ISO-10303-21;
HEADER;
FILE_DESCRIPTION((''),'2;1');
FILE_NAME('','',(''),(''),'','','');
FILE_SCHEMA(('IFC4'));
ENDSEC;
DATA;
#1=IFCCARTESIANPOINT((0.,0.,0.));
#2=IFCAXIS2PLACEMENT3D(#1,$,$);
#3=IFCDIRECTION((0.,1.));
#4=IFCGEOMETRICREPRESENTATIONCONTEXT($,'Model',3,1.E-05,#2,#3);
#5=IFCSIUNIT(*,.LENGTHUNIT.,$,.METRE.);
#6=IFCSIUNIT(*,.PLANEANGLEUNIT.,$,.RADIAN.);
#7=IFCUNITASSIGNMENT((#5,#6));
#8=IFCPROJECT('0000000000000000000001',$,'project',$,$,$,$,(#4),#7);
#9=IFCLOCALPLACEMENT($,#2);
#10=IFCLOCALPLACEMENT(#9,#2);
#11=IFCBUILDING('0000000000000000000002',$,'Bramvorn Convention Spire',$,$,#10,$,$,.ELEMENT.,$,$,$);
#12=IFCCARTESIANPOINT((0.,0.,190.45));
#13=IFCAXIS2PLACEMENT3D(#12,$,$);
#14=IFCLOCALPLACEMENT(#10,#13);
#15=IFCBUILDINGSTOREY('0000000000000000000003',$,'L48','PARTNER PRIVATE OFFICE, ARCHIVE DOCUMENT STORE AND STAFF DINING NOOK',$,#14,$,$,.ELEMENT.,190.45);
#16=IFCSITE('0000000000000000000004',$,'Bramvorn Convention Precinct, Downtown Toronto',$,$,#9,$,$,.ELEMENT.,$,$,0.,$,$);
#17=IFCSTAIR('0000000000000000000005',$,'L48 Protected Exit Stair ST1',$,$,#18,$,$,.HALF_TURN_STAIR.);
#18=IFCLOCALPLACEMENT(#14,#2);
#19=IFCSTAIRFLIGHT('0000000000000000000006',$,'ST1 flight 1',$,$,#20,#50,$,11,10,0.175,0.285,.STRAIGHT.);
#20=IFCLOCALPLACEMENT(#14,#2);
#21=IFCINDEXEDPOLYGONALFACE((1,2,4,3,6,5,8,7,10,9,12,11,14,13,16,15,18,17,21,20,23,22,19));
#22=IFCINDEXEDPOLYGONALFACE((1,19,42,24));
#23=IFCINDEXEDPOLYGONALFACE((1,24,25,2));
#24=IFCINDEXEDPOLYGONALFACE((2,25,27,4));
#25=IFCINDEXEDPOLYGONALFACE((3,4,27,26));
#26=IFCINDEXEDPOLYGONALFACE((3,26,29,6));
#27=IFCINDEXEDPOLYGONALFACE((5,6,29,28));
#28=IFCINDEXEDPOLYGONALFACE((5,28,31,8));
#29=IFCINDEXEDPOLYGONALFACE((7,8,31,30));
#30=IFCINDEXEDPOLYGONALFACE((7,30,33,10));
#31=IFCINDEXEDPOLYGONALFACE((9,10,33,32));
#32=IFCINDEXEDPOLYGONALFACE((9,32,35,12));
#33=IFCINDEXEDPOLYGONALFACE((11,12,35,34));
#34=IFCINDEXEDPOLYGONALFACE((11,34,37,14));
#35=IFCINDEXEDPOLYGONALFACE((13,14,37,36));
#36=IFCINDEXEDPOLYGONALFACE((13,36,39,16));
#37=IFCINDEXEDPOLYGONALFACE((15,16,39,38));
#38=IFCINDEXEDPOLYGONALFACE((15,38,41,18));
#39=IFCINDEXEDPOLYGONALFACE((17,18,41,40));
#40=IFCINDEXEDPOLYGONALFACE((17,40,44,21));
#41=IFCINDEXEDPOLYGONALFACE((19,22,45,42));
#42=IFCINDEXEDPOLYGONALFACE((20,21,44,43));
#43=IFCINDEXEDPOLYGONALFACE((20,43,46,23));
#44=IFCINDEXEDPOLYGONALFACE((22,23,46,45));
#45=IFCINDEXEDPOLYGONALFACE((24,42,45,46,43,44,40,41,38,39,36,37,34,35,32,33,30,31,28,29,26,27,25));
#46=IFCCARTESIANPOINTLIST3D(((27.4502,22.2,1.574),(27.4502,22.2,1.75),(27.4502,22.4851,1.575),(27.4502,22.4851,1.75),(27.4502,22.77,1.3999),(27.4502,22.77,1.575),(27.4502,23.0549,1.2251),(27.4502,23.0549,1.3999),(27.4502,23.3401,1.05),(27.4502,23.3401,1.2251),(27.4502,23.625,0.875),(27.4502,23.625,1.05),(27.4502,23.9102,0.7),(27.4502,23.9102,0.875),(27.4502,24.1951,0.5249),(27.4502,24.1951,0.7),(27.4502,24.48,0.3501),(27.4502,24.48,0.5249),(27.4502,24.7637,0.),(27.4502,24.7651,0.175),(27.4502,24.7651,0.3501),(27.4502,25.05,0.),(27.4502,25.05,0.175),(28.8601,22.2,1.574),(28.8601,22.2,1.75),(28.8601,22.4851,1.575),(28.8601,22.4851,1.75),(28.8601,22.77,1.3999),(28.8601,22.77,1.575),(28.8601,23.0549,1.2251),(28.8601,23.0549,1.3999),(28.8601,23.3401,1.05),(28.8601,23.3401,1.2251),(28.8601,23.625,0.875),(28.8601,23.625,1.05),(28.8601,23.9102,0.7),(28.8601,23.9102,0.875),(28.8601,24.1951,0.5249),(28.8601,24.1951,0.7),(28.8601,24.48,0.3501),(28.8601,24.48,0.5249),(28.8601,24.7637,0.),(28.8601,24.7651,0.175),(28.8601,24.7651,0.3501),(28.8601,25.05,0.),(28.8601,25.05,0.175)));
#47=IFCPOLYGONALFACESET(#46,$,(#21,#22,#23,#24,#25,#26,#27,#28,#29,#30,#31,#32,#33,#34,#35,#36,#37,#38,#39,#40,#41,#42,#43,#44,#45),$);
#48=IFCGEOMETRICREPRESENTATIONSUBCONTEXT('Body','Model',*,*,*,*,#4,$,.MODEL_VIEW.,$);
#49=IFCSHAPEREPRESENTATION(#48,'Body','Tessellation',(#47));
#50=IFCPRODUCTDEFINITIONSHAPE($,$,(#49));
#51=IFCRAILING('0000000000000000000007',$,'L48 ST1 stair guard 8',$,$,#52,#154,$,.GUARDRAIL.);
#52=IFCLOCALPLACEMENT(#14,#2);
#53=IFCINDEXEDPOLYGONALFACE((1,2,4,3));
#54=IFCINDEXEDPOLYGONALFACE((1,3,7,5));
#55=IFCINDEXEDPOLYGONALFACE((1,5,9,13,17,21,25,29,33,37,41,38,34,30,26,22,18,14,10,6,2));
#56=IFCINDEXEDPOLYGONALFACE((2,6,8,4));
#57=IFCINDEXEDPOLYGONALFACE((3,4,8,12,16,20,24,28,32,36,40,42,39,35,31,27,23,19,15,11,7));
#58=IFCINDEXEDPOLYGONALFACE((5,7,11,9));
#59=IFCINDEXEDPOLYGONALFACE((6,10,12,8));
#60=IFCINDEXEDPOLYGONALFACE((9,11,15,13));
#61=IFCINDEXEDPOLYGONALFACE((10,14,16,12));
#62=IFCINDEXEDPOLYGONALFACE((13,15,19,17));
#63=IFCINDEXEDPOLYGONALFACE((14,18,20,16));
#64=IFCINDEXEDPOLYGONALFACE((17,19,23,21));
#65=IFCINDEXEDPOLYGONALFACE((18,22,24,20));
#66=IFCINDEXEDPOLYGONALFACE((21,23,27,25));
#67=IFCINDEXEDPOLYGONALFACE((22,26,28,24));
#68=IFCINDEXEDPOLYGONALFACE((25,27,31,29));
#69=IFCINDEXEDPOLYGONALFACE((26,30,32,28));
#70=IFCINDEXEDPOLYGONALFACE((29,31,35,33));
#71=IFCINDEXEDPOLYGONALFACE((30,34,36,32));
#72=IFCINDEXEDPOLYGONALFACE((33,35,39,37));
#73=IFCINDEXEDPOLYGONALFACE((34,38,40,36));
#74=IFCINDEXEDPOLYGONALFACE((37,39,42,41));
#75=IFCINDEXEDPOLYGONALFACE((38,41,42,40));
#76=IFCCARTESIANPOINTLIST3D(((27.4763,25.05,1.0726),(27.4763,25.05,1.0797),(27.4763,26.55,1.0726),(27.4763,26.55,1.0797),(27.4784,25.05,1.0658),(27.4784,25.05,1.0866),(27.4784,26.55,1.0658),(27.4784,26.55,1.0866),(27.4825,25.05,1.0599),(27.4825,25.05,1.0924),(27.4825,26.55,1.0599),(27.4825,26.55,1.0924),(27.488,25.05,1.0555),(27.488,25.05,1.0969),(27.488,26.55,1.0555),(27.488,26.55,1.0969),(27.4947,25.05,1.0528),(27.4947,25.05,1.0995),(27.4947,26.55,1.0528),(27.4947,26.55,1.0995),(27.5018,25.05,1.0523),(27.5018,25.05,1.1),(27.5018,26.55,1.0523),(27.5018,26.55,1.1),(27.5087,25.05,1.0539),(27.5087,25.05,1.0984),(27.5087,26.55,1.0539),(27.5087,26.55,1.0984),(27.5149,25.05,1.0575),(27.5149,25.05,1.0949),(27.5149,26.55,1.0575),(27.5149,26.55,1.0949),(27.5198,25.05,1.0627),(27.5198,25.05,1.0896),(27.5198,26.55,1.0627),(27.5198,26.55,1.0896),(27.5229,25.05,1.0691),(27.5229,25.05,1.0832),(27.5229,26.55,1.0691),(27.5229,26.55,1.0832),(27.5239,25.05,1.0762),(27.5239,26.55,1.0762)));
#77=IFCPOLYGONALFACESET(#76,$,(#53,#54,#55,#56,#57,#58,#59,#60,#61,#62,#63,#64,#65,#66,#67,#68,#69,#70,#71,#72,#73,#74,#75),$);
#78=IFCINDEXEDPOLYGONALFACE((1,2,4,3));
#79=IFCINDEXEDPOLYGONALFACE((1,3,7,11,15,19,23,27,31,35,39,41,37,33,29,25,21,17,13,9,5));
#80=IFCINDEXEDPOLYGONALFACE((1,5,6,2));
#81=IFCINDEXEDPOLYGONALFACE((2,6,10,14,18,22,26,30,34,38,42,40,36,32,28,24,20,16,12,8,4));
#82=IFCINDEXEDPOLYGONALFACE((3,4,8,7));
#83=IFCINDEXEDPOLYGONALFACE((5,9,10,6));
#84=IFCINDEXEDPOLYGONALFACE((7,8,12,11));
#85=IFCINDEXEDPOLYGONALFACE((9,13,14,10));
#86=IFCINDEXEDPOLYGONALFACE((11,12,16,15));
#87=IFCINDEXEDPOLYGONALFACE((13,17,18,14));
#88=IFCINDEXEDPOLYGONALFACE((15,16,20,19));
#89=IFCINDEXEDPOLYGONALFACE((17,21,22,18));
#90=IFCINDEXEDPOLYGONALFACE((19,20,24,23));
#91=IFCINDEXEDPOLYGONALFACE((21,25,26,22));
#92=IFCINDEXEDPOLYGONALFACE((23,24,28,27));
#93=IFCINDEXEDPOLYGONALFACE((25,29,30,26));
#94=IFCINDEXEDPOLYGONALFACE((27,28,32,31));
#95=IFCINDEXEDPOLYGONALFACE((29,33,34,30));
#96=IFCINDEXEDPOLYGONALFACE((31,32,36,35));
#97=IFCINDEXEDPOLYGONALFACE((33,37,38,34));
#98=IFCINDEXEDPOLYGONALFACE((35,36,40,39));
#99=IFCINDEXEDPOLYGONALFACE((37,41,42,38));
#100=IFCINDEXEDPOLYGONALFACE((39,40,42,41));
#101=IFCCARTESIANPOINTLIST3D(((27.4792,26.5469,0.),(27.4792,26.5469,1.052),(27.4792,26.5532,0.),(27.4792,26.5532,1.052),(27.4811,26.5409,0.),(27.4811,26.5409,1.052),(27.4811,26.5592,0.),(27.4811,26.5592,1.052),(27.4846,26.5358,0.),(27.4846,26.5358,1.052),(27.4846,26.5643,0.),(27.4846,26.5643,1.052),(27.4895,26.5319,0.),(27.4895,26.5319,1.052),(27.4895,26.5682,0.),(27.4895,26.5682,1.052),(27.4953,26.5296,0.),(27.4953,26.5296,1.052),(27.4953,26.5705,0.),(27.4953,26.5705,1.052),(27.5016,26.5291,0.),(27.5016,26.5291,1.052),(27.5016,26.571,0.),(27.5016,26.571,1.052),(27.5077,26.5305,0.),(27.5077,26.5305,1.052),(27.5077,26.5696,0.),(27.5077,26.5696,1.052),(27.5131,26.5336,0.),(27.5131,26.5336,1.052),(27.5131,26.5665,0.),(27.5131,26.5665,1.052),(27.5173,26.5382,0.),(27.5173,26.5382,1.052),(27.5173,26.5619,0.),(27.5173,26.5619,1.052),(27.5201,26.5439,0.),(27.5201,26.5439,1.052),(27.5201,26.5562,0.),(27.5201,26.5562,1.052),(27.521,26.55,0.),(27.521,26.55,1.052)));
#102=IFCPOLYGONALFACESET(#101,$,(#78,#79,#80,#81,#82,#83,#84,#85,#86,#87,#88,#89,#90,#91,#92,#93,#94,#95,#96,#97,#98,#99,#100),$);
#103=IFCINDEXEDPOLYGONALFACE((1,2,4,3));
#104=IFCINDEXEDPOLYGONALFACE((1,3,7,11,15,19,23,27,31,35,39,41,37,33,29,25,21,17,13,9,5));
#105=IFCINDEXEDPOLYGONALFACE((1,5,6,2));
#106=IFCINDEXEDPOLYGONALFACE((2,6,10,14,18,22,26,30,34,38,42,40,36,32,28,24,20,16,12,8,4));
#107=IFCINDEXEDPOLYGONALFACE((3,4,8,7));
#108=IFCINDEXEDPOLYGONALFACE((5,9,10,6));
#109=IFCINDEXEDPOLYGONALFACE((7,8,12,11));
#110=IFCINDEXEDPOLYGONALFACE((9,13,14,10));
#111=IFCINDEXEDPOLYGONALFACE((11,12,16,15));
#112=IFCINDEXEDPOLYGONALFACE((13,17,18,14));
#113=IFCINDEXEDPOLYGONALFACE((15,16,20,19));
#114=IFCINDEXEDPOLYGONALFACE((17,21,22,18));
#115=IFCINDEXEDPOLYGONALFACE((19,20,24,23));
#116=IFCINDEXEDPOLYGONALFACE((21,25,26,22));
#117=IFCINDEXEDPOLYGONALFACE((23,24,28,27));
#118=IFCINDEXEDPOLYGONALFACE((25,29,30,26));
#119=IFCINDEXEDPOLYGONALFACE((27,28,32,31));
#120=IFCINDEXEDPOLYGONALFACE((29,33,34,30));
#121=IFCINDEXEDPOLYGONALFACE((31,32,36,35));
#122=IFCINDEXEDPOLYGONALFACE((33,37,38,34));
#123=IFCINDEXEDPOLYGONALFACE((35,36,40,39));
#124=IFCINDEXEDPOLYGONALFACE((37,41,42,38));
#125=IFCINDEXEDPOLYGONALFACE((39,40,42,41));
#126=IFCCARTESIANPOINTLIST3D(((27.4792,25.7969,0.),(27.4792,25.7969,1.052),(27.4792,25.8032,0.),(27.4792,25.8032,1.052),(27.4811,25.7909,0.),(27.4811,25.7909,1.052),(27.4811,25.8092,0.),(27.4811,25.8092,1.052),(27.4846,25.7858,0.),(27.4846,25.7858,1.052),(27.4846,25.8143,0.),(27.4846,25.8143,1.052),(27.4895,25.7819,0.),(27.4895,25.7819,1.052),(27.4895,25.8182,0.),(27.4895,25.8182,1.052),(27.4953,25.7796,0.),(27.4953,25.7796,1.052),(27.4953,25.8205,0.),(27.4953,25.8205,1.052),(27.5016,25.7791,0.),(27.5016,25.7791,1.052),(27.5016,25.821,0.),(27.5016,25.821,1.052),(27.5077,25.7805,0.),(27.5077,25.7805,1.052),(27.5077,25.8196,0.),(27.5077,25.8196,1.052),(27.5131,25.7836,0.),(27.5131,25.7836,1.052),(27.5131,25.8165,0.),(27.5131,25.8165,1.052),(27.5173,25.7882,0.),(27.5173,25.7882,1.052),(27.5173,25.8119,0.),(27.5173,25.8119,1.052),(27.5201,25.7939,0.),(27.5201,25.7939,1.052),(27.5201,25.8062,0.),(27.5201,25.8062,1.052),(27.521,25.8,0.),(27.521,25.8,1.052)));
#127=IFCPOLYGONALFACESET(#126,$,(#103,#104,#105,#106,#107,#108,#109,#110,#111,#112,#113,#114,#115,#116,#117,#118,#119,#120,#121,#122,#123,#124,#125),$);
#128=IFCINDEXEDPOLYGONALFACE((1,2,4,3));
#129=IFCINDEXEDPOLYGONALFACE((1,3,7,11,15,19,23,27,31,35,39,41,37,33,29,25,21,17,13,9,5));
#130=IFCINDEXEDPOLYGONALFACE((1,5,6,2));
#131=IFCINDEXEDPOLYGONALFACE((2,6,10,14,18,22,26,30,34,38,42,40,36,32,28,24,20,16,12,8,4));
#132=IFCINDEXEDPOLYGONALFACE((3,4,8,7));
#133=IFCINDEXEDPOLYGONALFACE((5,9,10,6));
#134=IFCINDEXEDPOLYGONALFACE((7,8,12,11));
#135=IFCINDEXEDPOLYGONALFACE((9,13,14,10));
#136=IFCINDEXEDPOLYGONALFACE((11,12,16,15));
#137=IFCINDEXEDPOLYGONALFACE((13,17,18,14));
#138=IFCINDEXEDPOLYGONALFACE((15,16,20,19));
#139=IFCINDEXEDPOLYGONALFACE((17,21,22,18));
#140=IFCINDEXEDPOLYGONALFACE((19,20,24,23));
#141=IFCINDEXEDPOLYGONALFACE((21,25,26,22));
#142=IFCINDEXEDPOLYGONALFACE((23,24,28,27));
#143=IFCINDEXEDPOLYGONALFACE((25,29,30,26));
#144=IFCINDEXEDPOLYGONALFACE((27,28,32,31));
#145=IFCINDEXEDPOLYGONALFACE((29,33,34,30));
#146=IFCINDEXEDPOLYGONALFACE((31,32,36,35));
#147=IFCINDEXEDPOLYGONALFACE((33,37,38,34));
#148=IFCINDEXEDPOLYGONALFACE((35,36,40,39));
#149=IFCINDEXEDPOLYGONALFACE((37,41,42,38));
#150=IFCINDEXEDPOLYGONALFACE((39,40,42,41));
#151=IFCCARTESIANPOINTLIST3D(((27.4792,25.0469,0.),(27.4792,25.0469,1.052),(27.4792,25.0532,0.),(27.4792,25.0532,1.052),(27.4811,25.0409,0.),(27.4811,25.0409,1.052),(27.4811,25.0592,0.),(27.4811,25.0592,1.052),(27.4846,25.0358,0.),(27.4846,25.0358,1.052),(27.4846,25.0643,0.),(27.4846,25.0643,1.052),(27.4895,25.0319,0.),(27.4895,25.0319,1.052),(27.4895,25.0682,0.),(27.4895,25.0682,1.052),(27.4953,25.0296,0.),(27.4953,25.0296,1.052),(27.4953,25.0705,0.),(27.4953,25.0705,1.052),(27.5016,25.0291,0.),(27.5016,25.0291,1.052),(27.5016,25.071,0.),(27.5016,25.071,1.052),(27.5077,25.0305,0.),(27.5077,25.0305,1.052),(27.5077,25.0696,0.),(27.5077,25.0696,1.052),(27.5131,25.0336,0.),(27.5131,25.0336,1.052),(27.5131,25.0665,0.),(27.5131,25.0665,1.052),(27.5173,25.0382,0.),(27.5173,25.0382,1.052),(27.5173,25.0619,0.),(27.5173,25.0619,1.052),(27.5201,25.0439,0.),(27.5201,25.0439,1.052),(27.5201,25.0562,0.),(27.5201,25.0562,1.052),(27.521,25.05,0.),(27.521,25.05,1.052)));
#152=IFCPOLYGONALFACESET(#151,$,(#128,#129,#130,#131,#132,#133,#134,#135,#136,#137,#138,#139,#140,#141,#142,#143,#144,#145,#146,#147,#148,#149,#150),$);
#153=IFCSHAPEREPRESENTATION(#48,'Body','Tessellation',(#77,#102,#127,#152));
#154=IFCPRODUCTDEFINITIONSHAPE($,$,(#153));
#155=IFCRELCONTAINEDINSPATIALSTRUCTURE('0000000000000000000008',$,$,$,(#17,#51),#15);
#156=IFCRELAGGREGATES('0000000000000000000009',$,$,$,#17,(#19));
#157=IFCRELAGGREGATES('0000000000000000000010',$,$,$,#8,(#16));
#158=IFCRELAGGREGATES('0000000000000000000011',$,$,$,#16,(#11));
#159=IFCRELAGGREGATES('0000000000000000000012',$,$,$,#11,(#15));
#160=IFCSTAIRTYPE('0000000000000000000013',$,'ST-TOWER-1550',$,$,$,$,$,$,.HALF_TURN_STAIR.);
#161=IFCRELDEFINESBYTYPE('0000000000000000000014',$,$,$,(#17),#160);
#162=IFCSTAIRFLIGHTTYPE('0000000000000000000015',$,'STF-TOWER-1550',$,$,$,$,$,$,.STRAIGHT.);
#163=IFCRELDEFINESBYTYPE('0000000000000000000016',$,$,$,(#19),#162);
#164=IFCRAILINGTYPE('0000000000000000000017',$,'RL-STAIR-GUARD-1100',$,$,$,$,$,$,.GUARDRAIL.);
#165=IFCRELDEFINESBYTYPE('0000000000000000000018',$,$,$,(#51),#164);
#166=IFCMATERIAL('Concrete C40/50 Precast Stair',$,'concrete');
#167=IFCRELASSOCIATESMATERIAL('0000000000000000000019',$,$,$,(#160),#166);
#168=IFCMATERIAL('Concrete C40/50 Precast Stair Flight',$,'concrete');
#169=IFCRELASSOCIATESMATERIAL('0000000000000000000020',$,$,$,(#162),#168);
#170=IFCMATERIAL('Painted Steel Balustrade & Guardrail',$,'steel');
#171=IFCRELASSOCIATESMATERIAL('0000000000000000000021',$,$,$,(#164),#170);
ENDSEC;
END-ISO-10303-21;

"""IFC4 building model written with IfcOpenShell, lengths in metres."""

from ifc_helpers import new_model, si_unit, direction, frame, origin, origin_2d, place, context, subcontext, project, spatial, polyline, circle, outline, extrude, material, type_object, element, aggregate, save


model = new_model("IFC4")

# Units and contexts
model_context = context("Model", 3, precision=1e-05, world=origin(), true_north=direction((0.0, 1.0)))
body_context = subcontext(model_context, "Body", "Model", "MODEL_VIEW")
ifc_project = project(units=[si_unit("LENGTHUNIT", "METRE"), si_unit("PLANEANGLEUNIT", "RADIAN")], contexts=[model_context])

# Site, building, storey
site_placement = place(None, origin())
site = spatial("IfcSite", under=ifc_project, at=site_placement, Name="Bramvorn Convention Precinct, Downtown Toronto", CompositionType="ELEMENT", RefElevation=0.0)
building_placement = place(site_placement, origin())
building = spatial("IfcBuilding", under=site, at=building_placement, Name="Bramvorn Convention Spire", CompositionType="ELEMENT")
storey_placement = place(building_placement, frame((0.0, 0.0, 190.45)))
storey = spatial("IfcBuildingStorey", under=building, at=storey_placement, Name="L48", Description="PARTNER PRIVATE OFFICE, ARCHIVE DOCUMENT STORE AND STAFF DINING NOOK", CompositionType="ELEMENT", Elevation=190.45)

# Stair, stair flight
ifc_material_1 = material(Name="Concrete C40/50 Precast Stair", Category="concrete")
stair_type = type_object("IfcStairType", Name="ST-TOWER-1550", PredefinedType="HALF_TURN_STAIR", material=ifc_material_1)
stair_placement = place(storey_placement, origin())
stair = element("IfcStair", 1, at=stair_placement, inside=storey, type_object=stair_type, Name="L48 Protected Exit Stair ST1", PredefinedType="HALF_TURN_STAIR")
ifc_material_2 = material(Name="Concrete C40/50 Precast Stair Flight", Category="concrete")
stair_flight_type = type_object("IfcStairFlightType", Name="STF-TOWER-1550", PredefinedType="STRAIGHT", material=ifc_material_2)
stair_flight_placement = place(storey_placement, frame((28.155, 25.05, 0.0), z_axis=(0.0, 0.0, 1.0), x_axis=(0.0, -1.0, 0.0)))
stair_flight = element("IfcStairFlight", 2, at=stair_flight_placement, type_object=stair_flight_type, Name="ST1 flight 1", NumberOfRisers=11, NumberOfTreads=10, PredefinedType="STRAIGHT", RiserHeight=0.175, TreadLength=0.285, context=body_context, shape_type="SweptSolid", body=[
    extrude(outline(polyline([(0.0, 0.0), (0.0, 0.175), (0.2849, 0.175), (0.2849, 0.3501), (0.5701, 0.3501), (0.5701, 0.5249), (0.855, 0.5249), (0.855, 0.7), (1.1399, 0.7), (1.1399, 0.875), (1.425, 0.875), (1.425, 1.05), (1.71, 1.05), (1.71, 1.2251), (1.9951, 1.2251), (1.9951, 1.3999), (2.28, 1.3999), (2.28, 1.575), (2.5649, 1.575), (2.5649, 1.75), (2.8501, 1.75), (2.8501, 1.925), (2.8501, 1.574), (0.2864, 0.0), (0.0, 0.0)])), frame((0.0, 0.7051, 0.0), z_axis=(0.0, -1.0, 0.0), x_axis=(1.0, 0.0, 0.0)), (0.0, 0.0, 1.0), 1.4099),
])
aggregate(stair, [stair_flight])

# Railing
ifc_material_3 = material(Name="Painted Steel Balustrade & Guardrail", Category="steel")
railing_type_1 = type_object("IfcRailingType", Name="RL-STAIR-GUARD-1100", PredefinedType="GUARDRAIL", material=ifc_material_3)
railing_1_placement = place(storey_placement, frame((27.5, 26.55, 0.0)))
element("IfcRailing", 3, at=railing_1_placement, inside=storey, type_object=railing_type_1, Name="L48 ST1 stair guard 8", PredefinedType="GUARDRAIL", context=body_context, shape_type="SweptSolid", body=[
    extrude(circle(Radius=0.0239, at=origin_2d()), frame((0.0, 0.0, 1.0762), z_axis=(0.0, -1.0, 0.0), x_axis=(1.0, 0.0, 0.0)), (0.0, 0.0, 1.0), 1.5),
    extrude(circle(Radius=0.021, at=origin_2d()), origin(), (0.0, 0.0, 1.0), 1.052),
    extrude(circle(Radius=0.021, at=origin_2d()), frame((0.0, -0.75, 0.0)), (0.0, 0.0, 1.0), 1.052),
    extrude(circle(Radius=0.021, at=origin_2d()), frame((0.0, -1.5, 0.0)), (0.0, 0.0, 1.0), 1.052),
])

save(model, "model.ifc")
